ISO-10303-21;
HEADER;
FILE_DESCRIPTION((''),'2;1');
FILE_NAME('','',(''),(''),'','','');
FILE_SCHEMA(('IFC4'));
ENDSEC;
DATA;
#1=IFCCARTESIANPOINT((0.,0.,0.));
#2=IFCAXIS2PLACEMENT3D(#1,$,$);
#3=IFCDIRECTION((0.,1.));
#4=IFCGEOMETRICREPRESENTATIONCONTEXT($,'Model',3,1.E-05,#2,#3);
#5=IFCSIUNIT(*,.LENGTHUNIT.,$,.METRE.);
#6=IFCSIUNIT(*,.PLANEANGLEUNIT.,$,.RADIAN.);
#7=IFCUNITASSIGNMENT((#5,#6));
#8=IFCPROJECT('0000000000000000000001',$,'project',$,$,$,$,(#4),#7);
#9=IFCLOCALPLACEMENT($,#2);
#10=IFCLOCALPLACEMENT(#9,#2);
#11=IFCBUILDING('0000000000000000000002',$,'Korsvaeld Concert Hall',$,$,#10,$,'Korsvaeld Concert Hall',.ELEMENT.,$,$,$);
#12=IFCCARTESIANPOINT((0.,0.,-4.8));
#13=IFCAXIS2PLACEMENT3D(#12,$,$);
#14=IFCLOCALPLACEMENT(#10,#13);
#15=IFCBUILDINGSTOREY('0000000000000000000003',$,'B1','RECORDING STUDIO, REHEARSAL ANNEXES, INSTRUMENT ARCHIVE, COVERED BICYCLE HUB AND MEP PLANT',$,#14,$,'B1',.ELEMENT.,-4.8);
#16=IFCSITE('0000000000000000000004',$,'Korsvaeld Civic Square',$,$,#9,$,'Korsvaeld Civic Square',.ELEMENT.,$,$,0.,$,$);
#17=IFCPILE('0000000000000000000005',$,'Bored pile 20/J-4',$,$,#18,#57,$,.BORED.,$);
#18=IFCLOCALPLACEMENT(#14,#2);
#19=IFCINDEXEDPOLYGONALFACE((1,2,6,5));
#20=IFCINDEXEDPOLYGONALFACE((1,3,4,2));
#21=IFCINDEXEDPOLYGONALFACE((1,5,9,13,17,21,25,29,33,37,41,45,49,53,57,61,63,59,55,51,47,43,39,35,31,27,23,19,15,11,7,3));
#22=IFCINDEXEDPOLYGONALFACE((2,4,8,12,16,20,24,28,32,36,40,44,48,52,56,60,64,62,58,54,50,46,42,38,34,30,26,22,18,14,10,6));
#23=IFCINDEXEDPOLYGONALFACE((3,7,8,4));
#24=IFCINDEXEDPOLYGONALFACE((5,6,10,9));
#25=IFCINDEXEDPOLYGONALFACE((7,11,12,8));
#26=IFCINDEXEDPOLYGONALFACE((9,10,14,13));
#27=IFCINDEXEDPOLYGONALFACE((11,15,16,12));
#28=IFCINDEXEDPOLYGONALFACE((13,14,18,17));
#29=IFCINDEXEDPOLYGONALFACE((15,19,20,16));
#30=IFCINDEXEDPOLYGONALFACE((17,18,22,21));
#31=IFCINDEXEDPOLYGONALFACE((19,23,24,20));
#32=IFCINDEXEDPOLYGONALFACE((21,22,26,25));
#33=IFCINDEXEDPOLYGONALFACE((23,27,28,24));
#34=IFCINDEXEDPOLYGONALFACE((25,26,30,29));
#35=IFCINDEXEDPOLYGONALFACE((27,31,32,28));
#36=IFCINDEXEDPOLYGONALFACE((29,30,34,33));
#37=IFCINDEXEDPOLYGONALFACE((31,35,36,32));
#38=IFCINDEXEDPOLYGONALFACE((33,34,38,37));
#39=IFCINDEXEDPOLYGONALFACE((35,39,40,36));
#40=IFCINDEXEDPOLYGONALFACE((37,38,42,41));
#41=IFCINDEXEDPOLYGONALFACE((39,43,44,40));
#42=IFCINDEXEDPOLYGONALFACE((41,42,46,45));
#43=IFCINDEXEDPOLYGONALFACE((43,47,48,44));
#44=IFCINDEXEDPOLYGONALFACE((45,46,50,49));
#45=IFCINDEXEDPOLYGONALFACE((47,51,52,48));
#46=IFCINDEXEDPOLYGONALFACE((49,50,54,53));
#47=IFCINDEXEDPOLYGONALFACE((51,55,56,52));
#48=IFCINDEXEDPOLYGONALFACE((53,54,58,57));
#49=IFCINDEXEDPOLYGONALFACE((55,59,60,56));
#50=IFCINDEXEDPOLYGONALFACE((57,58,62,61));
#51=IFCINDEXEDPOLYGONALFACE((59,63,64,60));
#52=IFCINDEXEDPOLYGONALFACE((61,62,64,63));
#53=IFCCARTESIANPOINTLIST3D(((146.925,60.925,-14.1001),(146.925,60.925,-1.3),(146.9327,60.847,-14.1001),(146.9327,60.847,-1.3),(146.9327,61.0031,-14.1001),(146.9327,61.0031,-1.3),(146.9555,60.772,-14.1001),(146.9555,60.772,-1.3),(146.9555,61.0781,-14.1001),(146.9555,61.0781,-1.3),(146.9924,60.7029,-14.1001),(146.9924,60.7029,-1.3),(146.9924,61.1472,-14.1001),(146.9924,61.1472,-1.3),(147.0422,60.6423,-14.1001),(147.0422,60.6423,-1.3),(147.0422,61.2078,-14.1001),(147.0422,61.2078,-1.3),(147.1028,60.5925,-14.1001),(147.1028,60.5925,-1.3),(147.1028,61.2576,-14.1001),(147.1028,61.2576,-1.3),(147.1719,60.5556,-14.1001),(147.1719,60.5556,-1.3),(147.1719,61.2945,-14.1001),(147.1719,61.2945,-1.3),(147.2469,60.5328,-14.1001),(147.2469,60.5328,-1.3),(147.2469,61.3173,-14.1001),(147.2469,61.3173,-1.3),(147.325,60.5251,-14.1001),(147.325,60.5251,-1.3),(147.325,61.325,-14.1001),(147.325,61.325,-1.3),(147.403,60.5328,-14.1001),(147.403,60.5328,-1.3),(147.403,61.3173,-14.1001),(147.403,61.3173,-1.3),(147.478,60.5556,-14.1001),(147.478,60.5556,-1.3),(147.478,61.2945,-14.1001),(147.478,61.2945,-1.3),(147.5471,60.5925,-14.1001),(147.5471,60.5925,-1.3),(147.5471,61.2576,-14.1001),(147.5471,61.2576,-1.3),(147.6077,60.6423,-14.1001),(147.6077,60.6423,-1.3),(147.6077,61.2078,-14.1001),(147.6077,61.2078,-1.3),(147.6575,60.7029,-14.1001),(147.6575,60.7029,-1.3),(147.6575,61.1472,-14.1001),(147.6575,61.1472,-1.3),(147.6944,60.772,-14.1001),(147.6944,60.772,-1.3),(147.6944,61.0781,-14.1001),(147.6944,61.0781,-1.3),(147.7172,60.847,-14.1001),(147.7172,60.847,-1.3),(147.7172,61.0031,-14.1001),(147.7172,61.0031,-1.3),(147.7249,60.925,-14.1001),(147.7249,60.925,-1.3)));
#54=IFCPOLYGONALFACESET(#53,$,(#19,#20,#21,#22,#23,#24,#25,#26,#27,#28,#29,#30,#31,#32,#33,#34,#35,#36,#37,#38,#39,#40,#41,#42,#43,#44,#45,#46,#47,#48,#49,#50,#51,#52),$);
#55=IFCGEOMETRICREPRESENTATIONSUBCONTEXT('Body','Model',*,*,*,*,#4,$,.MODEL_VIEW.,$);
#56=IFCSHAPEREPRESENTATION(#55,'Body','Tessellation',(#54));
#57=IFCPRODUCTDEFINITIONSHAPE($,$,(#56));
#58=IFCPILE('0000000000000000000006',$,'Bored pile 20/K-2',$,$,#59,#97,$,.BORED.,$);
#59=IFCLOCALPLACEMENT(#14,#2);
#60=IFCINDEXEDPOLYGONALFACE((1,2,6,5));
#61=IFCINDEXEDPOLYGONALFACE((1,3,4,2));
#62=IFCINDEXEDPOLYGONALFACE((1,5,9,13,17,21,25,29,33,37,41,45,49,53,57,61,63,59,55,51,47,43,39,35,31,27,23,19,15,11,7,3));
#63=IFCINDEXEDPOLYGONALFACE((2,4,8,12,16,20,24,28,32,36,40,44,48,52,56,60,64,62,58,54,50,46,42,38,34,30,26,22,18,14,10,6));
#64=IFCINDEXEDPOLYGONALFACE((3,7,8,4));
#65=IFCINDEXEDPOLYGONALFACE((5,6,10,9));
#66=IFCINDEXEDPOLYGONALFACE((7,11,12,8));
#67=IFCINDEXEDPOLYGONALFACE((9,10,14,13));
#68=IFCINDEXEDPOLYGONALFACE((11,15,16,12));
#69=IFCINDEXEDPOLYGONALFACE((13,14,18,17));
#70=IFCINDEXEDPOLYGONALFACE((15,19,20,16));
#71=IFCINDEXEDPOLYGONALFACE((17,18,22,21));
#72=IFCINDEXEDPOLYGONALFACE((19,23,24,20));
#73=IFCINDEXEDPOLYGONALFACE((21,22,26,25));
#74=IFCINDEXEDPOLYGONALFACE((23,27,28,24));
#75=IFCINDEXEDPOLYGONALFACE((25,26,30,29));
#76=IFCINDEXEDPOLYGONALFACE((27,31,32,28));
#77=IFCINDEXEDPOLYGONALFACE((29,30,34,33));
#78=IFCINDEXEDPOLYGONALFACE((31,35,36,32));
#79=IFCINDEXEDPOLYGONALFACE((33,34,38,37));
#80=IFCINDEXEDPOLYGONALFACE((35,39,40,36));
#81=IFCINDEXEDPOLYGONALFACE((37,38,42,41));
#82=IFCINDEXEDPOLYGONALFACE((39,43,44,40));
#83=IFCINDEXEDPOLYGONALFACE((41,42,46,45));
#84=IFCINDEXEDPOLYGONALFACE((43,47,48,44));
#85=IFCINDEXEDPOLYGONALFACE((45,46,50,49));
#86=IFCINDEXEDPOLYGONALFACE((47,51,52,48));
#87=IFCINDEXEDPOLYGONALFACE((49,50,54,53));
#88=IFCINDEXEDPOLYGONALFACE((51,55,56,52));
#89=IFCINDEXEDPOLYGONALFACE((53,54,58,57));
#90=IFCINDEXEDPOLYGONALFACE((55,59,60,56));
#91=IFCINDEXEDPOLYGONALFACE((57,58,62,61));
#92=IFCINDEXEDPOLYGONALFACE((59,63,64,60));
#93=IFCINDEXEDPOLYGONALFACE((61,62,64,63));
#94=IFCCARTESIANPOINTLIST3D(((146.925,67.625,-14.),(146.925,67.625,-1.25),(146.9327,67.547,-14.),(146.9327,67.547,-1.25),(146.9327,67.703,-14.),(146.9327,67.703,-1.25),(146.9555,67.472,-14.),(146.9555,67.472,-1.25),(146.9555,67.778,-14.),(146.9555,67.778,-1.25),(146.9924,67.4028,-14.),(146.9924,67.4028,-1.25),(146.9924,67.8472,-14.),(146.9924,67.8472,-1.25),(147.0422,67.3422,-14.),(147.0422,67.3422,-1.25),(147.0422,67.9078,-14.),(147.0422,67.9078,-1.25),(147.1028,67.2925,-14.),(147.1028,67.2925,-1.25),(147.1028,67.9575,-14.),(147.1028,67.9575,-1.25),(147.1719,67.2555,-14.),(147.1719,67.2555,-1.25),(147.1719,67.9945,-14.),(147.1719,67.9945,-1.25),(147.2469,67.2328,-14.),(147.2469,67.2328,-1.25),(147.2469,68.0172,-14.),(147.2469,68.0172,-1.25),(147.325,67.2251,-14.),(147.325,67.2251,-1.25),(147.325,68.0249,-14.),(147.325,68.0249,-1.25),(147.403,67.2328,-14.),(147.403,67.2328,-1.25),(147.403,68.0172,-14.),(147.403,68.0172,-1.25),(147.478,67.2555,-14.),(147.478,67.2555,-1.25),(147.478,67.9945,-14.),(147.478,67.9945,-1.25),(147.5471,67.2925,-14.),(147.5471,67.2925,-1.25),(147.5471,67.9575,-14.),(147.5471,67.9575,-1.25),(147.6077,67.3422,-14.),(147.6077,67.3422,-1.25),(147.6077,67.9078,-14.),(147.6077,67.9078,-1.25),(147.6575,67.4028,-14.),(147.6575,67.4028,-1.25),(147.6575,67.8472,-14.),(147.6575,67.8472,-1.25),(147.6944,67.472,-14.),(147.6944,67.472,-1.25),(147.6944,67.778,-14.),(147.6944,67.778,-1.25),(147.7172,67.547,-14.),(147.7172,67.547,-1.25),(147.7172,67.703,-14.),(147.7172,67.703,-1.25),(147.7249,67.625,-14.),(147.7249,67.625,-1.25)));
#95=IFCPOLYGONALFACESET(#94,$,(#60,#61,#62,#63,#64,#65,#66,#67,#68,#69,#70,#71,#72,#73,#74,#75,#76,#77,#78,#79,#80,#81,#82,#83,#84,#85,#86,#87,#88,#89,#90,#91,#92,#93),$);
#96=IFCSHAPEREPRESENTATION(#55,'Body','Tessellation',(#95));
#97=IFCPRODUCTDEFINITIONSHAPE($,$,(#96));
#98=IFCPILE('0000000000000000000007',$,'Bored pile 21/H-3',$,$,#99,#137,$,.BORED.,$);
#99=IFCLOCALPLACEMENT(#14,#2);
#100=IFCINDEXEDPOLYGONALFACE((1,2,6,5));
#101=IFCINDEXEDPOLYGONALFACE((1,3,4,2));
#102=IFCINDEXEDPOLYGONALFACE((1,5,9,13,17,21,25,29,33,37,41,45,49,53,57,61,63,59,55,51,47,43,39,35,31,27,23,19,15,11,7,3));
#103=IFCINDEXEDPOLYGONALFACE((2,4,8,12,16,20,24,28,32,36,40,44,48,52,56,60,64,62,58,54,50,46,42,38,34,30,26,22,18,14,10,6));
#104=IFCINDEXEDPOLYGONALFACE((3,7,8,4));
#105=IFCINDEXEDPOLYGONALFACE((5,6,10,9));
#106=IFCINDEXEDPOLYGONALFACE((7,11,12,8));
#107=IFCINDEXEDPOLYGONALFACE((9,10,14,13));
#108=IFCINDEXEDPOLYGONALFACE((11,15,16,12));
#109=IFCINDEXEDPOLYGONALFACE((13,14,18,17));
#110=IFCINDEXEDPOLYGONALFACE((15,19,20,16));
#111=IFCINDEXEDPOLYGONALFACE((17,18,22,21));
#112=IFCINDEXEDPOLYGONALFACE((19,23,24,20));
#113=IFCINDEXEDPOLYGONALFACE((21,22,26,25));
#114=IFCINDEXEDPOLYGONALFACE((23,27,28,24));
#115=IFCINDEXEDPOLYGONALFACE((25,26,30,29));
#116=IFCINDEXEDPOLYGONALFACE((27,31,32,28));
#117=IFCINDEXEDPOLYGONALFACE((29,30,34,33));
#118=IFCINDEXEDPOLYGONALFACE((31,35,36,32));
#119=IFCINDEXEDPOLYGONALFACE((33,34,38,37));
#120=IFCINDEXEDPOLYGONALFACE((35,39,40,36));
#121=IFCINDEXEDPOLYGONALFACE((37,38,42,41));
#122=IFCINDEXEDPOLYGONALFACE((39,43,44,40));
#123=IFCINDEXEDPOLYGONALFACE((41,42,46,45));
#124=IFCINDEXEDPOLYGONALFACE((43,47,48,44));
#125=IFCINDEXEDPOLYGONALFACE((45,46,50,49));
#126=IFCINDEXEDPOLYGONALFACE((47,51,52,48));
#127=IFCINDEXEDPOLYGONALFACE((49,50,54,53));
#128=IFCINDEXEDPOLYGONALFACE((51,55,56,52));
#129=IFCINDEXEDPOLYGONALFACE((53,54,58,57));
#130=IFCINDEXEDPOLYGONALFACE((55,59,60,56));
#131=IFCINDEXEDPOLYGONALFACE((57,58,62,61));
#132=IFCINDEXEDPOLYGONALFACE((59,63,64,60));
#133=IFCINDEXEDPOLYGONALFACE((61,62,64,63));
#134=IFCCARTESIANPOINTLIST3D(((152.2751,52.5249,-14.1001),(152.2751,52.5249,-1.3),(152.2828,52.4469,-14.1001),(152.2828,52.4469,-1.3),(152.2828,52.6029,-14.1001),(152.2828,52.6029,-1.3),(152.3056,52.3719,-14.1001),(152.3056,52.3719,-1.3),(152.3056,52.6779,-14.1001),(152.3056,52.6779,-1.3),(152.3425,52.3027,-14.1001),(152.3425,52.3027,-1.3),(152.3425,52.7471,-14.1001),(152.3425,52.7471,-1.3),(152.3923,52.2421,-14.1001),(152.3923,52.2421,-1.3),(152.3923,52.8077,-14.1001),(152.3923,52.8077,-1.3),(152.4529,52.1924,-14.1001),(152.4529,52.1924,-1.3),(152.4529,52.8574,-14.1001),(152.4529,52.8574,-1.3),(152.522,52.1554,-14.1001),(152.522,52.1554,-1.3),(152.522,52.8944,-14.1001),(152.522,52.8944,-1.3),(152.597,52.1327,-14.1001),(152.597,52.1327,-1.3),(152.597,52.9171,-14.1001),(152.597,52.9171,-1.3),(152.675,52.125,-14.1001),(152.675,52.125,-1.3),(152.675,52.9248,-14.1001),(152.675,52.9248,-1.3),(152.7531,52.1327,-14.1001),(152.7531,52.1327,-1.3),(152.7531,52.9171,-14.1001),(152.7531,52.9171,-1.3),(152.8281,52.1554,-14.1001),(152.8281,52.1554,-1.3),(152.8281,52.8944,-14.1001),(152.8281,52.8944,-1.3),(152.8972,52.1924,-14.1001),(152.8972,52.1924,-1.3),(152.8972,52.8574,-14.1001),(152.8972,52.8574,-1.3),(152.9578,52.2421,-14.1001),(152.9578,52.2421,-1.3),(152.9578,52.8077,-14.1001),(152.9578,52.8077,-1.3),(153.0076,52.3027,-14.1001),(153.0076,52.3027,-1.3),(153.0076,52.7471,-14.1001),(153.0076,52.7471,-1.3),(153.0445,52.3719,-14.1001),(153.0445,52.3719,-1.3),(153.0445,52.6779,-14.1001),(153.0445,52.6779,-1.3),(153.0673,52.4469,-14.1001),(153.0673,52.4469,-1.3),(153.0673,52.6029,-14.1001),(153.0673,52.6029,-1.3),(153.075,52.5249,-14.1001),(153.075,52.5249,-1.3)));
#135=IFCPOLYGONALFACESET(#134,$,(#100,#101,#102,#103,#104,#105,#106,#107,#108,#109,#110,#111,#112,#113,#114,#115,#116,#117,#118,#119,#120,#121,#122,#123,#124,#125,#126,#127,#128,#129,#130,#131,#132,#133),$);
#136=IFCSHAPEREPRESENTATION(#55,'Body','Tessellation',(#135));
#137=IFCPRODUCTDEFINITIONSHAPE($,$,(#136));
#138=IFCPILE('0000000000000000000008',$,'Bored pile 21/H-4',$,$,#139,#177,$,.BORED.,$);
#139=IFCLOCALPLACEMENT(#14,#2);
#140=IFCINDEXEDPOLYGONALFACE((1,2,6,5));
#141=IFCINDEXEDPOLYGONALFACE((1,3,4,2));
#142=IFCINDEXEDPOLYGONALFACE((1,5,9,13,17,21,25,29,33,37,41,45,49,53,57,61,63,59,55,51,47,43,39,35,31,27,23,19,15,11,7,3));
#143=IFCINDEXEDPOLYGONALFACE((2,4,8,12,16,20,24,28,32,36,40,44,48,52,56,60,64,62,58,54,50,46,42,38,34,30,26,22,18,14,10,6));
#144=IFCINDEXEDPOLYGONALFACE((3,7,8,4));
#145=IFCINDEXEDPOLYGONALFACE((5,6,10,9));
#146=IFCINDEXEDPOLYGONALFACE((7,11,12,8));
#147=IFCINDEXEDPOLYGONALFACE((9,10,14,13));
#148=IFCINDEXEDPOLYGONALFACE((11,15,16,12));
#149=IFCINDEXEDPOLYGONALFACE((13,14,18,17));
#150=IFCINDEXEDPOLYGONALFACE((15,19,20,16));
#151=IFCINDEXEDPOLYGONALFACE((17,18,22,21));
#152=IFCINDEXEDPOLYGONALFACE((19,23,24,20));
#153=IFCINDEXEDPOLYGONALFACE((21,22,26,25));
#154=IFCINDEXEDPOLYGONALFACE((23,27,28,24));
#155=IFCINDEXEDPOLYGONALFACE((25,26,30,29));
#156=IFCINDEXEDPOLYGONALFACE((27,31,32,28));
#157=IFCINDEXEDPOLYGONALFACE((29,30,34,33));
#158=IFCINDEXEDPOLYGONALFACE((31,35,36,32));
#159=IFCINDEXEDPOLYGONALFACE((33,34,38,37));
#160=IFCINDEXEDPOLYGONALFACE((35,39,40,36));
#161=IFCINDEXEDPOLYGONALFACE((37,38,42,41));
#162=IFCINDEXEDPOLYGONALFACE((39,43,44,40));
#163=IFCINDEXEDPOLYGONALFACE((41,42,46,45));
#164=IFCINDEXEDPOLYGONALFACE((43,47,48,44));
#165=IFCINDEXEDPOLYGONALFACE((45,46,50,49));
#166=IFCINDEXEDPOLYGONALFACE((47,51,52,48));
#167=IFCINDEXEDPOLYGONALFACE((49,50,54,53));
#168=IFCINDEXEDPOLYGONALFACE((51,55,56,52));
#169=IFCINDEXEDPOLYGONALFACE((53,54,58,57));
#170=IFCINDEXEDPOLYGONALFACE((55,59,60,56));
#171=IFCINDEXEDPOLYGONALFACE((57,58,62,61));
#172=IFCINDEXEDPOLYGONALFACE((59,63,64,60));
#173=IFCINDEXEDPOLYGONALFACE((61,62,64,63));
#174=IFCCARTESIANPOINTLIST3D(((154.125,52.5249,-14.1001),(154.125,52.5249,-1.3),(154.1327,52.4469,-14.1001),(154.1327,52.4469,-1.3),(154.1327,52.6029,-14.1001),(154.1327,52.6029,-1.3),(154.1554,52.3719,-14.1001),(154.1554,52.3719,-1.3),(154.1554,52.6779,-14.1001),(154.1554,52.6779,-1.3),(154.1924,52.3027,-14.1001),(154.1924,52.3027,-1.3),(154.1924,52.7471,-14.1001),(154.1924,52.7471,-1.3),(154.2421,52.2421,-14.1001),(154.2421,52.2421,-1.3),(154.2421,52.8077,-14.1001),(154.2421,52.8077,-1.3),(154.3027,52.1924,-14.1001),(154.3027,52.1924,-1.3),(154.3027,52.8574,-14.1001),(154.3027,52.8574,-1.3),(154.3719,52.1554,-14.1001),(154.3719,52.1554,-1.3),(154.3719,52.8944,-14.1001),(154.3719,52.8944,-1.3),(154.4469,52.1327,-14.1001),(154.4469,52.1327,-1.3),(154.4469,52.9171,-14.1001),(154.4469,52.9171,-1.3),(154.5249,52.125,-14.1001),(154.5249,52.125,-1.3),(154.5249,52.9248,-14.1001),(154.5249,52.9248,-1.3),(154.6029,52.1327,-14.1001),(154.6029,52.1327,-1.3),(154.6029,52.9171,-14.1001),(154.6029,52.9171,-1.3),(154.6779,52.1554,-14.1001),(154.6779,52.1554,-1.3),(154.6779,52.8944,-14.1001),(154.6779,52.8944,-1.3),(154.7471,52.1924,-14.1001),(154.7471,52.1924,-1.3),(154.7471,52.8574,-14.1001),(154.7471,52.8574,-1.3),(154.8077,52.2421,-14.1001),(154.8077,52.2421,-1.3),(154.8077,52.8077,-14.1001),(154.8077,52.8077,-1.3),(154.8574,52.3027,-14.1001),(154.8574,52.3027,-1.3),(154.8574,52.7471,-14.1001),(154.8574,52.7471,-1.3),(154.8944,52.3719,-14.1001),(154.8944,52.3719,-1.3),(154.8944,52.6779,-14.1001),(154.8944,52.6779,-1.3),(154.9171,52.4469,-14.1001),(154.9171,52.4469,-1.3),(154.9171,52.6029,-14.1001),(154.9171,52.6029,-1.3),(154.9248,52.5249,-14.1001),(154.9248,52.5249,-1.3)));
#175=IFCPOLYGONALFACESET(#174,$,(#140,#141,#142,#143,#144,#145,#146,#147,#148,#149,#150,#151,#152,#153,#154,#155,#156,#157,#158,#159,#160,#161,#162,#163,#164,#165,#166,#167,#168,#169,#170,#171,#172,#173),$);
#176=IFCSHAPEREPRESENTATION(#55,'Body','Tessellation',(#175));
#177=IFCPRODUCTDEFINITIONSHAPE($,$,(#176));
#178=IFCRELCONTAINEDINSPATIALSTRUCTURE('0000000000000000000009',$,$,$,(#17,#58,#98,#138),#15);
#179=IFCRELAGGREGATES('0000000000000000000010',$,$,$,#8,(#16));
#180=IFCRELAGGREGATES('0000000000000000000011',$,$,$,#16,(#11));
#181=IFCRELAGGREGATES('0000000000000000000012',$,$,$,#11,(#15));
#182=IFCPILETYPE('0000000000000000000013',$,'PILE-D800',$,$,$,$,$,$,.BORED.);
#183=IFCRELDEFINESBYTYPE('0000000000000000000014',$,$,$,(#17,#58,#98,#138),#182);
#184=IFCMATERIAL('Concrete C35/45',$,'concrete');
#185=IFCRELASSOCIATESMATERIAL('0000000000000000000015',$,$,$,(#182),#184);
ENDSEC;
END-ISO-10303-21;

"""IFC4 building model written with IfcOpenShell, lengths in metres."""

from ifc_helpers import new_model, si_unit, direction, frame, origin, origin_2d, place, context, subcontext, project, spatial, circle, extrude, material, material_profile, profile_set, type_object, element, save


model = new_model("IFC4")

# Units and contexts
model_context = context("Model", 3, precision=1e-05, world=origin(), true_north=direction((0.0, 1.0)))
body_context = subcontext(model_context, "Body", "Model", "MODEL_VIEW")
ifc_project = project(units=[si_unit("LENGTHUNIT", "METRE"), si_unit("PLANEANGLEUNIT", "RADIAN")], contexts=[model_context])

# Site, building, storey
site_placement = place(None, origin())
site = spatial("IfcSite", under=ifc_project, at=site_placement, Name="Korsvaeld Civic Square", LongName="Korsvaeld Civic Square", CompositionType="ELEMENT", RefElevation=0.0)
building_placement = place(site_placement, origin())
building = spatial("IfcBuilding", under=site, at=building_placement, Name="Korsvaeld Concert Hall", LongName="Korsvaeld Concert Hall", CompositionType="ELEMENT")
storey_placement = place(building_placement, frame((0.0, 0.0, -4.8)))
storey = spatial("IfcBuildingStorey", under=building, at=storey_placement, Name="B1", Description="RECORDING STUDIO, REHEARSAL ANNEXES, INSTRUMENT ARCHIVE, COVERED BICYCLE HUB AND MEP PLANT", LongName="B1", CompositionType="ELEMENT", Elevation=-4.8)

# Shared definitions
ifc_material_1 = material(Name="Concrete C35/45", Category="concrete")

# Piles
ifc_material_profile_1 = material_profile(ifc_material_1, circle(Radius=0.3999, at=origin_2d()), Name="BORED PILE D800")
ifc_profile_set_1 = profile_set([ifc_material_profile_1], Name="Concrete C35/45")
pile_type_1 = type_object("IfcPileType", Name="PILE-D800", PredefinedType="BORED", material=ifc_profile_set_1)
for number, where, z_axis, x_axis, name in (
    (1, (147.325, 60.925, -1.3), (0.0, 0.0, -1.0), (1.0, 0.0, 0.0), "Bored pile 20/J-4"),
):
    element("IfcPile", number, at=place(storey_placement, frame(where, z_axis=z_axis, x_axis=x_axis)), inside=storey, type_object=pile_type_1, Name=name, PredefinedType="BORED", context=body_context, shape_type="SweptSolid", body=[
        extrude(circle(Radius=0.3999, at=origin_2d()), origin(), (0.0, 0.0, 1.0), 12.8),
    ])
pile_1_placement = place(storey_placement, frame((147.325, 67.625, -1.25), z_axis=(0.0, 0.0, -1.0), x_axis=(1.0, 0.0, 0.0)))
element("IfcPile", 2, at=pile_1_placement, inside=storey, type_object=pile_type_1, Name="Bored pile 20/K-2", PredefinedType="BORED", context=body_context, shape_type="SweptSolid", body=[
    extrude(circle(Radius=0.3999, at=origin_2d()), origin(), (0.0, 0.0, 1.0), 12.75),
])
for number, where, z_axis, x_axis, name in (
    (3, (152.675, 52.5249, -1.3), (0.0, 0.0, -1.0), (1.0, 0.0, 0.0), "Bored pile 21/H-3"),
    (4, (154.5249, 52.5249, -1.3), (0.0, 0.0, -1.0), (1.0, 0.0, 0.0), "Bored pile 21/H-4"),
):
    element("IfcPile", number, at=place(storey_placement, frame(where, z_axis=z_axis, x_axis=x_axis)), inside=storey, type_object=pile_type_1, Name=name, PredefinedType="BORED", context=body_context, shape_type="SweptSolid", body=[
        extrude(circle(Radius=0.3999, at=origin_2d()), origin(), (0.0, 0.0, 1.0), 12.8),
    ])

save(model, "model.ifc")
